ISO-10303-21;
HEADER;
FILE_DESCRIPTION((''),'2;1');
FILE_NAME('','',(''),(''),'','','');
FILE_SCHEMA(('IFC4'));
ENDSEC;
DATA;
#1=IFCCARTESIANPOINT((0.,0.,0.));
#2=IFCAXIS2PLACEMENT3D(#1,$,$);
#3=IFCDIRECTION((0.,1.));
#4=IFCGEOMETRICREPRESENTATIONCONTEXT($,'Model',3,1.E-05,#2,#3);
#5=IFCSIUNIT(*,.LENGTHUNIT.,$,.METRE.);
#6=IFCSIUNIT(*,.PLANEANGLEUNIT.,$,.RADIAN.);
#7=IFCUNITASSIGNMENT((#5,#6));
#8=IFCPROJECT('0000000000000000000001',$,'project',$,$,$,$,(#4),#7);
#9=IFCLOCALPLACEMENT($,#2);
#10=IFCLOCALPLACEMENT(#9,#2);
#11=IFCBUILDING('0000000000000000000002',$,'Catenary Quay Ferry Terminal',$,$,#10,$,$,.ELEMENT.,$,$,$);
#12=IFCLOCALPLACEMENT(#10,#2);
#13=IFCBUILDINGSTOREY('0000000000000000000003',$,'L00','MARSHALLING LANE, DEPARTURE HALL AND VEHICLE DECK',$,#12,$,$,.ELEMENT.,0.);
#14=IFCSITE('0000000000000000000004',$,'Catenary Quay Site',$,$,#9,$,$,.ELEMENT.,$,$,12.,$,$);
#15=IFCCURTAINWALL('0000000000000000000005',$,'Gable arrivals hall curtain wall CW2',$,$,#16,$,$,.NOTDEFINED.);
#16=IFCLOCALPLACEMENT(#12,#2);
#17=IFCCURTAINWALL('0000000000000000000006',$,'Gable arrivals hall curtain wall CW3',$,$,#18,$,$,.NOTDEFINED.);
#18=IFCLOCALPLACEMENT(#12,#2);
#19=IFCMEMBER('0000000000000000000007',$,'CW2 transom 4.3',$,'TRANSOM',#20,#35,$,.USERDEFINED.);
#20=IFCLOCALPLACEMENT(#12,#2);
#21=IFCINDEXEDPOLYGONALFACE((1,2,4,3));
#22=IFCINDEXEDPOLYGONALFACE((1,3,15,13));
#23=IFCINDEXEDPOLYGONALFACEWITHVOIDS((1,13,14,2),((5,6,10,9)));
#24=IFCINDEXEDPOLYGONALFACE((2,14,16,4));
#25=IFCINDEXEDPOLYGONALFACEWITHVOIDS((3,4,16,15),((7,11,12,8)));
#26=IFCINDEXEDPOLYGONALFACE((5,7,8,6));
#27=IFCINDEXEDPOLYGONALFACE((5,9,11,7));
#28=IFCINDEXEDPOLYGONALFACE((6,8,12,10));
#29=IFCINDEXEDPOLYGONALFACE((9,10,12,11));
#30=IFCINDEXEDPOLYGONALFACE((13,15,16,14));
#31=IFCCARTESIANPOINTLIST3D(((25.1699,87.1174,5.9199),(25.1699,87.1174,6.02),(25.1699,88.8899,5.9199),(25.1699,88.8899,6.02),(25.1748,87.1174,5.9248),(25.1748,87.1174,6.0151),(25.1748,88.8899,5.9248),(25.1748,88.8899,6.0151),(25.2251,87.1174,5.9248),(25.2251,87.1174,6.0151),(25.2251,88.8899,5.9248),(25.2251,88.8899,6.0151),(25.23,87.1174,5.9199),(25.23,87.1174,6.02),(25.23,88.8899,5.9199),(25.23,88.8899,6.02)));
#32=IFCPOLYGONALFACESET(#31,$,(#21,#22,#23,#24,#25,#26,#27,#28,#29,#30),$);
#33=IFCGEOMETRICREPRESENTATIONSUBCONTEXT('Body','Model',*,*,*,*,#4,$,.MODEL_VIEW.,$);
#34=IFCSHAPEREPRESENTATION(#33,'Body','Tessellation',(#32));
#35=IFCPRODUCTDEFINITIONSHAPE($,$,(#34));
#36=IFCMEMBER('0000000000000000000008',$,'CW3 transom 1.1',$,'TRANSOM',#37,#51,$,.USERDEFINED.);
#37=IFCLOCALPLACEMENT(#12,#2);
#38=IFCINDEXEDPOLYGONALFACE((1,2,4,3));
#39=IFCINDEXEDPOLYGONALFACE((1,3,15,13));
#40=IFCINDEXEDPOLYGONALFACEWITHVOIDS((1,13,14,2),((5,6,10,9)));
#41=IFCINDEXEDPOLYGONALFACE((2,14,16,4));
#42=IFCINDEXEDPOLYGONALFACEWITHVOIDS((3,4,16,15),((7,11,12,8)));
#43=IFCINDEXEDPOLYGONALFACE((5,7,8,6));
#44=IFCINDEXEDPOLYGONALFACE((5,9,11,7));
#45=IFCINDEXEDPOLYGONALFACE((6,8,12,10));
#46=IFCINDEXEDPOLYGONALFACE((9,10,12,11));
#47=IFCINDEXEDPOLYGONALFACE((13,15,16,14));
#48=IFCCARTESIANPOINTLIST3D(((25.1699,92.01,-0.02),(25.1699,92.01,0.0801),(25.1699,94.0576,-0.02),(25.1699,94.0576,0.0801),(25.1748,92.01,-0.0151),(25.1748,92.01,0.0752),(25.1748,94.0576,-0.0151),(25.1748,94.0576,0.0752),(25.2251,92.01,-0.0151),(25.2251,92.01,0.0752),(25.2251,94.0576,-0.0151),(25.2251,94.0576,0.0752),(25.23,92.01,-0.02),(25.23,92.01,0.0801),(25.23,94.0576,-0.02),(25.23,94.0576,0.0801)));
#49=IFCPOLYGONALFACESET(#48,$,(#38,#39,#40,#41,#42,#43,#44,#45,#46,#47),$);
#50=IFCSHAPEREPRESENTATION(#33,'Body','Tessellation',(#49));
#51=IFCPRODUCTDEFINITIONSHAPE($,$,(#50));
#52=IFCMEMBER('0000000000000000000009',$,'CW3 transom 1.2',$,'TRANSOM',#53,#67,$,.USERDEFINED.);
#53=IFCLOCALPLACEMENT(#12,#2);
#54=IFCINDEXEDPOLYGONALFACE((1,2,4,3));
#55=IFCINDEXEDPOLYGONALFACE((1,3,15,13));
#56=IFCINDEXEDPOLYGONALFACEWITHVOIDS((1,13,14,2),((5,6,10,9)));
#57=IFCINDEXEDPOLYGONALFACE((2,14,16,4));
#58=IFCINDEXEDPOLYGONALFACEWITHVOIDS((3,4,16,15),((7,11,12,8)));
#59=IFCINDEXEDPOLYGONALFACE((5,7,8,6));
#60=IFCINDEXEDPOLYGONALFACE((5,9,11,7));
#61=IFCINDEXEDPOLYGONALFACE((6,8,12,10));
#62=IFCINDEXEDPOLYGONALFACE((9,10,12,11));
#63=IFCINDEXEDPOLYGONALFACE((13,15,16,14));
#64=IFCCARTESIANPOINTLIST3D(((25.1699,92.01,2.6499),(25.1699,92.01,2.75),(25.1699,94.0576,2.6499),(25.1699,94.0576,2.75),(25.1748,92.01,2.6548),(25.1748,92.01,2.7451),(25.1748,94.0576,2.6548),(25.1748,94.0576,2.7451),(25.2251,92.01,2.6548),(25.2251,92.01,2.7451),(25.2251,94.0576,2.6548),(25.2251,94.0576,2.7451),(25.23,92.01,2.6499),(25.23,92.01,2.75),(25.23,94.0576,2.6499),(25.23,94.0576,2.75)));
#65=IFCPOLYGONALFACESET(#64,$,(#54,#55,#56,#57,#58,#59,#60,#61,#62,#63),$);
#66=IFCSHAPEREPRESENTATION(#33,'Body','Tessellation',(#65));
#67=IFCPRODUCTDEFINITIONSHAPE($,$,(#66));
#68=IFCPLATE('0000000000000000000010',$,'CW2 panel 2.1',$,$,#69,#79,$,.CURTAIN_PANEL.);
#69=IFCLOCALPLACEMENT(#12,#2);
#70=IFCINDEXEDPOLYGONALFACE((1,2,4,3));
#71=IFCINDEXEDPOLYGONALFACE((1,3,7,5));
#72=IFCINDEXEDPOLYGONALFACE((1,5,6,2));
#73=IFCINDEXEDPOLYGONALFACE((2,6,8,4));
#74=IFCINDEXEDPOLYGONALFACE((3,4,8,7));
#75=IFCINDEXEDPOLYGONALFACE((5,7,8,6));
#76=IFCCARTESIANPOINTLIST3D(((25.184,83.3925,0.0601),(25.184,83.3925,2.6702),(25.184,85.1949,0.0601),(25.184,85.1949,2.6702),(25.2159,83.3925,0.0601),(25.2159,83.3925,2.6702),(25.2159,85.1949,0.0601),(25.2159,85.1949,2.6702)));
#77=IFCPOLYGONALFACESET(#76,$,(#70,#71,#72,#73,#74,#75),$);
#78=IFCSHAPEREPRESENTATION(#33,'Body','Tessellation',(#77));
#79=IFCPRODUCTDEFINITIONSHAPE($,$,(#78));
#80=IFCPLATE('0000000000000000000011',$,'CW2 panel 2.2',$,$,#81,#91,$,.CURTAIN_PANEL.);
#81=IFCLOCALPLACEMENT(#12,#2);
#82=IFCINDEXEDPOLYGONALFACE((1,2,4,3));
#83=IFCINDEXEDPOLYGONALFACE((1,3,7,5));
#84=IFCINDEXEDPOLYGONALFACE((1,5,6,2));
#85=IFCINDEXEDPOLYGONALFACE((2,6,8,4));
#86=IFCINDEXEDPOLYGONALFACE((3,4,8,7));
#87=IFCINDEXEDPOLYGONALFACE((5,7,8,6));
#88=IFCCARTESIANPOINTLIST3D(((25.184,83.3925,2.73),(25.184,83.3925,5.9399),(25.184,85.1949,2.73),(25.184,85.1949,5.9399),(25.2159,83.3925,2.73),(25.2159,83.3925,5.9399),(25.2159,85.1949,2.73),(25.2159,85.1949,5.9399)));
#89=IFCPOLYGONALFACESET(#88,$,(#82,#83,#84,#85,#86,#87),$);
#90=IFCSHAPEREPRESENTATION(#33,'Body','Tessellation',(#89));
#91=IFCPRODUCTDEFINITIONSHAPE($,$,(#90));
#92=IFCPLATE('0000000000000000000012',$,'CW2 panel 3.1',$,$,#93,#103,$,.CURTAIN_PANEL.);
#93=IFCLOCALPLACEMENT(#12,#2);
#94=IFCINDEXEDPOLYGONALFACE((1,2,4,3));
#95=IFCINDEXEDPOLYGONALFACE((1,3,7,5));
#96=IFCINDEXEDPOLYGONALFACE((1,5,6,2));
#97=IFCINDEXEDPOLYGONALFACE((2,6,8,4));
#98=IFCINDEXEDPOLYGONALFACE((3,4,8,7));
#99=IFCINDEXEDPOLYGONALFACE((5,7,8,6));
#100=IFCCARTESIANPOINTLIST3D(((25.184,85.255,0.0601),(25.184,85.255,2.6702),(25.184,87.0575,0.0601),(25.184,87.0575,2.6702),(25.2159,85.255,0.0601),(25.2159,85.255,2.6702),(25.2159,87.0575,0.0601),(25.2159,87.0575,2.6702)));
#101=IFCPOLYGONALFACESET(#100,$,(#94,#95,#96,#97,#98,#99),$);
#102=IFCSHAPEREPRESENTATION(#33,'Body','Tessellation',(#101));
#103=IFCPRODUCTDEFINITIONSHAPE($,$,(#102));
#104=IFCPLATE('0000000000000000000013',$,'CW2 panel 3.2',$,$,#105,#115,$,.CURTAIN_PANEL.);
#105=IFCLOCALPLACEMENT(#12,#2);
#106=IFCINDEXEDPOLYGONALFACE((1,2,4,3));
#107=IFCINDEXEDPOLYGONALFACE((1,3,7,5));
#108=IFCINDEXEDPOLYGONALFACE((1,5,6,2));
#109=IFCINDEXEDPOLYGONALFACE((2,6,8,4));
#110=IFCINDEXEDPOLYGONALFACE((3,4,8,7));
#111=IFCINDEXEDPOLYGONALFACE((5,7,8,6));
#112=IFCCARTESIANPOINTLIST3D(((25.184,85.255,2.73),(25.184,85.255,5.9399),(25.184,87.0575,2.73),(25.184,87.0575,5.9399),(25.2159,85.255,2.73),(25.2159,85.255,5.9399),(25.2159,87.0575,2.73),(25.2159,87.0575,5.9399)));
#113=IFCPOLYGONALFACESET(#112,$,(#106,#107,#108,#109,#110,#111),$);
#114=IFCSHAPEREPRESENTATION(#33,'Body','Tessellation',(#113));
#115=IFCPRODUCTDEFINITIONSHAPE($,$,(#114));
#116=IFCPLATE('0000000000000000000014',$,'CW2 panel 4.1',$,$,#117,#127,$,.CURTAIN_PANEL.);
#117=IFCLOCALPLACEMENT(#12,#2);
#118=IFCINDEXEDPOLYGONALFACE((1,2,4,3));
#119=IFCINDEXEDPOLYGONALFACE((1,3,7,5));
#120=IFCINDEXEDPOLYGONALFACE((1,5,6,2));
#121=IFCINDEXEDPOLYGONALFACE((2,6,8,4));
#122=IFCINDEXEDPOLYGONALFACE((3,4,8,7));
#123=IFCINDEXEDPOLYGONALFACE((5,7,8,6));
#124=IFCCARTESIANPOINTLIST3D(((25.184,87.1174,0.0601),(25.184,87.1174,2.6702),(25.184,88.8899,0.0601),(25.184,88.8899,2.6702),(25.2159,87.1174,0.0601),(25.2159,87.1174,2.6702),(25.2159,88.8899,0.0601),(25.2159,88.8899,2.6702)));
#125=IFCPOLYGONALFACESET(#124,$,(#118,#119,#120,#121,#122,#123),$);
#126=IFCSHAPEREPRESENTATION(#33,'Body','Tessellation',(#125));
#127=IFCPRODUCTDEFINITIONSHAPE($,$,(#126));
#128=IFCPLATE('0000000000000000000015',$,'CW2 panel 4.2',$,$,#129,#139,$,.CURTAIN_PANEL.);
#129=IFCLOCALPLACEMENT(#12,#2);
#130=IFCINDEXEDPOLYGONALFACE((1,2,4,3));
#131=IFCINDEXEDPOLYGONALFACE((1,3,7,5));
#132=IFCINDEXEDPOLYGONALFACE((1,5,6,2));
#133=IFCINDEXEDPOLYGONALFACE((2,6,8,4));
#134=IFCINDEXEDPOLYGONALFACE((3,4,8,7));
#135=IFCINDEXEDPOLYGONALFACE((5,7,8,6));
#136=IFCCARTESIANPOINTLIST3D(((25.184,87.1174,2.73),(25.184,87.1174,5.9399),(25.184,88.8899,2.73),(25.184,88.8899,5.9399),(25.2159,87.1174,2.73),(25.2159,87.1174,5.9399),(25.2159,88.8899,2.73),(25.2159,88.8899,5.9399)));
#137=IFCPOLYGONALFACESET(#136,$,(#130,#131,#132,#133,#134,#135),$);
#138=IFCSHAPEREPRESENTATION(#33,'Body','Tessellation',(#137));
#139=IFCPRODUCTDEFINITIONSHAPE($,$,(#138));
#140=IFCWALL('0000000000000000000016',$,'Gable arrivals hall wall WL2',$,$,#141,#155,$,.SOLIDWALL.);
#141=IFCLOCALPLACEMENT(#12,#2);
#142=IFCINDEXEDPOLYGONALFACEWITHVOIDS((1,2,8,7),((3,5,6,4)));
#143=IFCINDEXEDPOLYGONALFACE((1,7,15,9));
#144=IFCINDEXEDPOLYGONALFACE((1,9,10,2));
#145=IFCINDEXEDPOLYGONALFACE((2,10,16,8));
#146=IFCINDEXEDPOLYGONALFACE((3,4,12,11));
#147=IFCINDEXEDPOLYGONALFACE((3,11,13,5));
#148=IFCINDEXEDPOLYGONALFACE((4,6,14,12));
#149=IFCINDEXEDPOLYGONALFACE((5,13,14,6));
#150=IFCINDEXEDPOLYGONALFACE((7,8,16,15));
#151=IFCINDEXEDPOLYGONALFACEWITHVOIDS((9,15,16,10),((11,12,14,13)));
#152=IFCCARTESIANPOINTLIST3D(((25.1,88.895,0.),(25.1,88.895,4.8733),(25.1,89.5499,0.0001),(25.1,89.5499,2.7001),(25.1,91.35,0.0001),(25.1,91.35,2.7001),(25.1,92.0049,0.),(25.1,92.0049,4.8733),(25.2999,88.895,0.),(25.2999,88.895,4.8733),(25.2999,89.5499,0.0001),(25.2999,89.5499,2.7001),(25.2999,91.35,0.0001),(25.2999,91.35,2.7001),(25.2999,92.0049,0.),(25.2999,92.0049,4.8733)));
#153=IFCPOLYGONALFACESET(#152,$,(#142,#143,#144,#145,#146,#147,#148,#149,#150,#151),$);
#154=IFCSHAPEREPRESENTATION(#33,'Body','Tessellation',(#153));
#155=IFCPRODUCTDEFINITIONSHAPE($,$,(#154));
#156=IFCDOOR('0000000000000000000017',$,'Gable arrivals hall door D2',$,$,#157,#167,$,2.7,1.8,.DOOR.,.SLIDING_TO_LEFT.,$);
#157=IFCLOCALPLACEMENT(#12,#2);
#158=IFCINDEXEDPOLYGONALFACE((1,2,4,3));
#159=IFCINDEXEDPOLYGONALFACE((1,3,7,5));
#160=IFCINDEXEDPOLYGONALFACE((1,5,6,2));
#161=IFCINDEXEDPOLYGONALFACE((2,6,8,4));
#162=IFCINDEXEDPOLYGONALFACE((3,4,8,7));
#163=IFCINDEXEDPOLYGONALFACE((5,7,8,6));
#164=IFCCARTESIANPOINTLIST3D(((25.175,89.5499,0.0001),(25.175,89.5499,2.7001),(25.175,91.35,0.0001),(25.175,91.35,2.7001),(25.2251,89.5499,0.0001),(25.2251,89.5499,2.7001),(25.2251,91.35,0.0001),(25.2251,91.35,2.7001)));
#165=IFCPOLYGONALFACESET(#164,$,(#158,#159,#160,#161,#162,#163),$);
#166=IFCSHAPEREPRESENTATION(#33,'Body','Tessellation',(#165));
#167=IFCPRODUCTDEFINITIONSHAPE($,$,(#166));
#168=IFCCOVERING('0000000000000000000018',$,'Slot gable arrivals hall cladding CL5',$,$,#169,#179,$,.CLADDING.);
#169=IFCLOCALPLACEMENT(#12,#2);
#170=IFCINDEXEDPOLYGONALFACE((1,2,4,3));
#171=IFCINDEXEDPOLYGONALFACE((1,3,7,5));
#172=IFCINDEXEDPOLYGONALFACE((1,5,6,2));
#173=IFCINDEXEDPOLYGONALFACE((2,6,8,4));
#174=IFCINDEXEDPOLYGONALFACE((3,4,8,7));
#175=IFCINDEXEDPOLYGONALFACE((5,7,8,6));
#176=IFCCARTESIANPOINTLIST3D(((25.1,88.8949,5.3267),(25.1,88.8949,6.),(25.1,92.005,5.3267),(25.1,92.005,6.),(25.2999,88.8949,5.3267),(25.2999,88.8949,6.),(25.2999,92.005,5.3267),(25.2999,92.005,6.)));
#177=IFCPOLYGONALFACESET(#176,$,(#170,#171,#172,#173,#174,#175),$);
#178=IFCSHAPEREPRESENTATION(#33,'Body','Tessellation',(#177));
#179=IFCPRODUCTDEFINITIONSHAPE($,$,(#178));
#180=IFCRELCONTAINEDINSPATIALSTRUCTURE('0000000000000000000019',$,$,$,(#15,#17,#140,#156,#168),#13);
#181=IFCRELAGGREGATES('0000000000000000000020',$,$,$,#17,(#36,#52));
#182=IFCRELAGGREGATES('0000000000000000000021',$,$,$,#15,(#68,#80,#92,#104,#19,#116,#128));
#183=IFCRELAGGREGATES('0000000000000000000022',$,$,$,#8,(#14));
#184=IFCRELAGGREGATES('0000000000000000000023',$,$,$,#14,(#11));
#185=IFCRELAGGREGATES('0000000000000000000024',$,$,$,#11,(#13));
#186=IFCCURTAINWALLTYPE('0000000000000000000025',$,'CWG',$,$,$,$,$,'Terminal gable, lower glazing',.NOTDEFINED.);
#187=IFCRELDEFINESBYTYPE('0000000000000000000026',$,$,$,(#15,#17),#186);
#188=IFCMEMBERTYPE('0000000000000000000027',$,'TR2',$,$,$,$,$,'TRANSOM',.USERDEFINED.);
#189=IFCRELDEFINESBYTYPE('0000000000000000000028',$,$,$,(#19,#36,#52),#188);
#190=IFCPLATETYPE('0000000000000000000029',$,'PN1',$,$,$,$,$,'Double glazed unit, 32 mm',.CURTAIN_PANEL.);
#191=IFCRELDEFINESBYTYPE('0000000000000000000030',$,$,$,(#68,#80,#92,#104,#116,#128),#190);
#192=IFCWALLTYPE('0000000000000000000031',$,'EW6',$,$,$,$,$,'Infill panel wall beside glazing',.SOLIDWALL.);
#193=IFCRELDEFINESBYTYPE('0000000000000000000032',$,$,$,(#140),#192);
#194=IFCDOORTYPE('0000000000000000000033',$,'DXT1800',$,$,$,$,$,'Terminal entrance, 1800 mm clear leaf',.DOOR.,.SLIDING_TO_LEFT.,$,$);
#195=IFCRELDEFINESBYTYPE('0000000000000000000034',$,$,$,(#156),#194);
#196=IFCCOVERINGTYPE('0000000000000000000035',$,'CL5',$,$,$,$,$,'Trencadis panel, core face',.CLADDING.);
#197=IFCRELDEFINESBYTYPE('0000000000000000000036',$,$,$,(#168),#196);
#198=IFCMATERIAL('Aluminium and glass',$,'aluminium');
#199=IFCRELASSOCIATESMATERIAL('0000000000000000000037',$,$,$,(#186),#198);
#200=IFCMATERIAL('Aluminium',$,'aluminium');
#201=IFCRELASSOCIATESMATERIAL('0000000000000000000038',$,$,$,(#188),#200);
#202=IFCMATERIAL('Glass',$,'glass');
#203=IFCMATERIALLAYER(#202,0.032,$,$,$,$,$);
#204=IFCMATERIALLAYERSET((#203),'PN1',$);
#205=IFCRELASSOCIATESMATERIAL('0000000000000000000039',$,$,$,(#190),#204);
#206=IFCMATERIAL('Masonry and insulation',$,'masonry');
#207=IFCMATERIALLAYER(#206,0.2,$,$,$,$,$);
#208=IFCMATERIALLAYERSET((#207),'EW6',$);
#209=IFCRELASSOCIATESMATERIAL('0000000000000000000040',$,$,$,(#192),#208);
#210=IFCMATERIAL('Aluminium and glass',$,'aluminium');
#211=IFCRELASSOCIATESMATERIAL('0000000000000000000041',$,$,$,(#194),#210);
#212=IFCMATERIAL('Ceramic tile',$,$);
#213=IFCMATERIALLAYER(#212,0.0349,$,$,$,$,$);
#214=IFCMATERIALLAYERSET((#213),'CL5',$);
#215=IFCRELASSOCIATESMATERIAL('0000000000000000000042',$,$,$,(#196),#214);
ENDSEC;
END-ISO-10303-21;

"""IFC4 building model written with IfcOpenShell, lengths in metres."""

from ifc_helpers import new_model, si_unit, direction, frame, frame_2d, origin, origin_2d, place, context, subcontext, project, spatial, rectangle, hollow_rectangle, extrude, material, layer, layer_set, material_profile, profile_set, type_object, element, fill, aggregate, save


model = new_model("IFC4")

# Units and contexts
model_context = context("Model", 3, precision=1e-05, world=origin(), true_north=direction((0.0, 1.0)))
body_context = subcontext(model_context, "Body", "Model", "MODEL_VIEW")
ifc_project = project(units=[si_unit("LENGTHUNIT", "METRE"), si_unit("PLANEANGLEUNIT", "RADIAN")], contexts=[model_context])

# Site, building, storey
site_placement = place(None, origin())
site = spatial("IfcSite", under=ifc_project, at=site_placement, Name="Catenary Quay Site", CompositionType="ELEMENT", RefElevation=12.0)
building_placement = place(site_placement, origin())
building = spatial("IfcBuilding", under=site, at=building_placement, Name="Catenary Quay Ferry Terminal", CompositionType="ELEMENT")
storey_placement = place(building_placement, origin())
storey = spatial("IfcBuildingStorey", under=building, at=storey_placement, Name="L00", Description="MARSHALLING LANE, DEPARTURE HALL AND VEHICLE DECK", CompositionType="ELEMENT", Elevation=0.0)

# Curtain wall
ifc_material_1 = material(Name="Aluminium and glass", Category="aluminium")
curtain_wall_type = type_object("IfcCurtainWallType", Name="CWG", ElementType="Terminal gable, lower glazing", PredefinedType="NOTDEFINED", material=ifc_material_1)
curtain_wall_1_placement = place(storey_placement, origin())
curtain_wall_1 = element("IfcCurtainWall", 1, at=curtain_wall_1_placement, inside=storey, type_object=curtain_wall_type, Name="Gable arrivals hall curtain wall CW2", PredefinedType="NOTDEFINED")

# Curtain wall
curtain_wall_2_placement = place(storey_placement, origin())
curtain_wall_2 = element("IfcCurtainWall", 2, at=curtain_wall_2_placement, inside=storey, type_object=curtain_wall_type, Name="Gable arrivals hall curtain wall CW3", PredefinedType="NOTDEFINED")

# Members
ifc_material_2 = material(Name="Aluminium", Category="aluminium")
ifc_material_profile_1 = material_profile(ifc_material_2, hollow_rectangle(XDim=0.0601, YDim=0.1001, WallThickness=0.0049, at=origin_2d()), Name="TR2")
ifc_profile_set_1 = profile_set([ifc_material_profile_1], Name="Aluminium")
member_type_1 = type_object("IfcMemberType", Name="TR2", ElementType="TRANSOM", PredefinedType="USERDEFINED", material=ifc_profile_set_1)
member_1_placement = place(storey_placement, frame((25.2, 87.1174, 5.97), z_axis=(0.0, 1.0, 0.0), x_axis=(-1.0, 0.0, 0.0)))
member_1 = element("IfcMember", 3, at=member_1_placement, type_object=member_type_1, Name="CW2 transom 4.3", ObjectType="TRANSOM", PredefinedType="USERDEFINED", context=body_context, shape_type="SweptSolid", body=[
    extrude(hollow_rectangle(XDim=0.0601, YDim=0.1001, WallThickness=0.0049, at=origin_2d()), origin(), (0.0, 0.0, 1.0), 1.7725),
])
member_2_placement = place(storey_placement, frame((25.2, 92.01, 0.03), z_axis=(0.0, 1.0, 0.0), x_axis=(-1.0, 0.0, 0.0)))
member_2 = element("IfcMember", 4, at=member_2_placement, type_object=member_type_1, Name="CW3 transom 1.1", ObjectType="TRANSOM", PredefinedType="USERDEFINED", context=body_context, shape_type="SweptSolid", body=[
    extrude(hollow_rectangle(XDim=0.0601, YDim=0.1001, WallThickness=0.0049, at=origin_2d()), origin(), (0.0, 0.0, 1.0), 2.0476),
])
member_3_placement = place(storey_placement, frame((25.2, 92.01, 2.7), z_axis=(0.0, 1.0, 0.0), x_axis=(-1.0, 0.0, 0.0)))
member_3 = element("IfcMember", 5, at=member_3_placement, type_object=member_type_1, Name="CW3 transom 1.2", ObjectType="TRANSOM", PredefinedType="USERDEFINED", context=body_context, shape_type="SweptSolid", body=[
    extrude(hollow_rectangle(XDim=0.0601, YDim=0.1001, WallThickness=0.0049, at=origin_2d()), origin(), (0.0, 0.0, 1.0), 2.0476),
])
aggregate(curtain_wall_2, [member_2, member_3])

# Plates
ifc_material_3 = material(Name="Glass", Category="glass")
ifc_layer_1 = layer(ifc_material_3, 0.032)
ifc_layer_set_1 = layer_set([ifc_layer_1], Name="PN1")
plate_type = type_object("IfcPlateType", Name="PN1", ElementType="Double glazed unit, 32 mm", PredefinedType="CURTAIN_PANEL", material=ifc_layer_set_1)
plate_1_placement = place(storey_placement, frame((25.2, 84.2937, 0.0601), z_axis=(0.0, 0.0, 1.0), x_axis=(0.0, 1.0, 0.0)))
plate_1 = element("IfcPlate", 6, at=plate_1_placement, type_object=plate_type, Name="CW2 panel 2.1", PredefinedType="CURTAIN_PANEL", context=body_context, shape_type="SweptSolid", body=[
    extrude(rectangle(XDim=1.8025, YDim=0.032, at=origin_2d()), origin(), (0.0, 0.0, 1.0), 2.6101),
])
plate_2_placement = place(storey_placement, frame((25.2, 84.2937, 2.73), z_axis=(0.0, 0.0, 1.0), x_axis=(0.0, 1.0, 0.0)))
plate_2 = element("IfcPlate", 7, at=plate_2_placement, type_object=plate_type, Name="CW2 panel 2.2", PredefinedType="CURTAIN_PANEL", context=body_context, shape_type="SweptSolid", body=[
    extrude(rectangle(XDim=1.8025, YDim=0.032, at=origin_2d()), origin(), (0.0, 0.0, 1.0), 3.21),
])
plate_3_placement = place(storey_placement, frame((25.2, 86.1562, 0.0601), z_axis=(0.0, 0.0, 1.0), x_axis=(0.0, 1.0, 0.0)))
plate_3 = element("IfcPlate", 8, at=plate_3_placement, type_object=plate_type, Name="CW2 panel 3.1", PredefinedType="CURTAIN_PANEL", context=body_context, shape_type="SweptSolid", body=[
    extrude(rectangle(XDim=1.8025, YDim=0.032, at=origin_2d()), origin(), (0.0, 0.0, 1.0), 2.6101),
])
plate_4_placement = place(storey_placement, frame((25.2, 86.1562, 2.73), z_axis=(0.0, 0.0, 1.0), x_axis=(0.0, 1.0, 0.0)))
plate_4 = element("IfcPlate", 9, at=plate_4_placement, type_object=plate_type, Name="CW2 panel 3.2", PredefinedType="CURTAIN_PANEL", context=body_context, shape_type="SweptSolid", body=[
    extrude(rectangle(XDim=1.8025, YDim=0.032, at=origin_2d()), origin(), (0.0, 0.0, 1.0), 3.21),
])
plate_5_placement = place(storey_placement, frame((25.2, 88.0037, 0.0601), z_axis=(0.0, 0.0, 1.0), x_axis=(0.0, 1.0, 0.0)))
plate_5 = element("IfcPlate", 10, at=plate_5_placement, type_object=plate_type, Name="CW2 panel 4.1", PredefinedType="CURTAIN_PANEL", context=body_context, shape_type="SweptSolid", body=[
    extrude(rectangle(XDim=1.7725, YDim=0.032, at=origin_2d()), origin(), (0.0, 0.0, 1.0), 2.6101),
])
plate_6_placement = place(storey_placement, frame((25.2, 88.0037, 2.73), z_axis=(0.0, 0.0, 1.0), x_axis=(0.0, 1.0, 0.0)))
plate_6 = element("IfcPlate", 11, at=plate_6_placement, type_object=plate_type, Name="CW2 panel 4.2", PredefinedType="CURTAIN_PANEL", context=body_context, shape_type="SweptSolid", body=[
    extrude(rectangle(XDim=1.7725, YDim=0.032, at=origin_2d()), origin(), (0.0, 0.0, 1.0), 3.21),
])
aggregate(curtain_wall_1, [plate_1, plate_2, plate_3, plate_4, member_1, plate_5, plate_6])

# Wall, opening, door
ifc_material_4 = material(Name="Masonry and insulation", Category="masonry")
ifc_layer_2 = layer(ifc_material_4, 0.2)
ifc_layer_set_2 = layer_set([ifc_layer_2], Name="EW6")
wall_type = type_object("IfcWallType", Name="EW6", ElementType="Infill panel wall beside glazing", PredefinedType="SOLIDWALL", material=ifc_layer_set_2)
wall_placement = place(storey_placement, frame((25.2, 88.895, 0.0), z_axis=(0.0, 0.0, 1.0), x_axis=(0.0, 1.0, 0.0)))
wall = element("IfcWall", 12, at=wall_placement, inside=storey, type_object=wall_type, Name="Gable arrivals hall wall WL2", PredefinedType="SOLIDWALL", context=body_context, shape_type="SweptSolid", body=[
    extrude(rectangle(XDim=3.1099, YDim=0.2, at=frame_2d((1.5549, 0.0))), origin(), (0.0, 0.0, 1.0), 4.8733),
])
opening_placement = place(wall_placement, frame((0.655, 0.0, 0.0)))
opening = element("IfcOpeningElement", 13, at=opening_placement, cuts=wall, PredefinedType="OPENING", context=body_context, shape_type="SweptSolid", body=[
    extrude(rectangle(XDim=1.8, YDim=2.7, at=frame_2d((0.8999, 1.3501))), frame((0.0, 0.1099, 0.0), z_axis=(0.0, -1.0, 0.0), x_axis=(1.0, 0.0, 0.0)), (0.0, 0.0, 1.0), 0.22),
])
ifc_material_5 = material(Name="Aluminium and glass", Category="aluminium")
door_type = type_object("IfcDoorType", Name="DXT1800", ElementType="Terminal entrance, 1800 mm clear leaf", OperationType="SLIDING_TO_LEFT", PredefinedType="DOOR", material=ifc_material_5)
door_placement = place(opening_placement, origin())
door = element("IfcDoor", 14, at=door_placement, inside=storey, type_object=door_type, Name="Gable arrivals hall door D2", OperationType="SLIDING_TO_LEFT", OverallHeight=2.7, OverallWidth=1.8, PredefinedType="DOOR", context=body_context, shape_type="SweptSolid", body=[
    extrude(rectangle(XDim=1.8, YDim=2.7, at=frame_2d((0.8999, 1.3501))), frame((0.0, 0.0249, 0.0), z_axis=(0.0, -1.0, 0.0), x_axis=(1.0, 0.0, 0.0)), (0.0, 0.0, 1.0), 0.05),
])
fill(opening, door)

# Covering
ifc_material_6 = material(Name="Ceramic tile")
ifc_layer_3 = layer(ifc_material_6, 0.0349)
ifc_layer_set_3 = layer_set([ifc_layer_3], Name="CL5")
covering_type = type_object("IfcCoveringType", Name="CL5", ElementType="Trencadis panel, core face", PredefinedType="CLADDING", material=ifc_layer_set_3)
covering_placement = place(storey_placement, frame((25.2, 90.45, 5.3267), z_axis=(0.0, 0.0, 1.0), x_axis=(1.0, 0.0, 0.0)))
element("IfcCovering", 15, at=covering_placement, inside=storey, type_object=covering_type, Name="Slot gable arrivals hall cladding CL5", PredefinedType="CLADDING", context=body_context, shape_type="SweptSolid", body=[
    extrude(rectangle(XDim=0.2, YDim=3.1101, at=origin_2d()), origin(), (0.0, 0.0, 1.0), 0.6733),
])

save(model, "model.ifc")
